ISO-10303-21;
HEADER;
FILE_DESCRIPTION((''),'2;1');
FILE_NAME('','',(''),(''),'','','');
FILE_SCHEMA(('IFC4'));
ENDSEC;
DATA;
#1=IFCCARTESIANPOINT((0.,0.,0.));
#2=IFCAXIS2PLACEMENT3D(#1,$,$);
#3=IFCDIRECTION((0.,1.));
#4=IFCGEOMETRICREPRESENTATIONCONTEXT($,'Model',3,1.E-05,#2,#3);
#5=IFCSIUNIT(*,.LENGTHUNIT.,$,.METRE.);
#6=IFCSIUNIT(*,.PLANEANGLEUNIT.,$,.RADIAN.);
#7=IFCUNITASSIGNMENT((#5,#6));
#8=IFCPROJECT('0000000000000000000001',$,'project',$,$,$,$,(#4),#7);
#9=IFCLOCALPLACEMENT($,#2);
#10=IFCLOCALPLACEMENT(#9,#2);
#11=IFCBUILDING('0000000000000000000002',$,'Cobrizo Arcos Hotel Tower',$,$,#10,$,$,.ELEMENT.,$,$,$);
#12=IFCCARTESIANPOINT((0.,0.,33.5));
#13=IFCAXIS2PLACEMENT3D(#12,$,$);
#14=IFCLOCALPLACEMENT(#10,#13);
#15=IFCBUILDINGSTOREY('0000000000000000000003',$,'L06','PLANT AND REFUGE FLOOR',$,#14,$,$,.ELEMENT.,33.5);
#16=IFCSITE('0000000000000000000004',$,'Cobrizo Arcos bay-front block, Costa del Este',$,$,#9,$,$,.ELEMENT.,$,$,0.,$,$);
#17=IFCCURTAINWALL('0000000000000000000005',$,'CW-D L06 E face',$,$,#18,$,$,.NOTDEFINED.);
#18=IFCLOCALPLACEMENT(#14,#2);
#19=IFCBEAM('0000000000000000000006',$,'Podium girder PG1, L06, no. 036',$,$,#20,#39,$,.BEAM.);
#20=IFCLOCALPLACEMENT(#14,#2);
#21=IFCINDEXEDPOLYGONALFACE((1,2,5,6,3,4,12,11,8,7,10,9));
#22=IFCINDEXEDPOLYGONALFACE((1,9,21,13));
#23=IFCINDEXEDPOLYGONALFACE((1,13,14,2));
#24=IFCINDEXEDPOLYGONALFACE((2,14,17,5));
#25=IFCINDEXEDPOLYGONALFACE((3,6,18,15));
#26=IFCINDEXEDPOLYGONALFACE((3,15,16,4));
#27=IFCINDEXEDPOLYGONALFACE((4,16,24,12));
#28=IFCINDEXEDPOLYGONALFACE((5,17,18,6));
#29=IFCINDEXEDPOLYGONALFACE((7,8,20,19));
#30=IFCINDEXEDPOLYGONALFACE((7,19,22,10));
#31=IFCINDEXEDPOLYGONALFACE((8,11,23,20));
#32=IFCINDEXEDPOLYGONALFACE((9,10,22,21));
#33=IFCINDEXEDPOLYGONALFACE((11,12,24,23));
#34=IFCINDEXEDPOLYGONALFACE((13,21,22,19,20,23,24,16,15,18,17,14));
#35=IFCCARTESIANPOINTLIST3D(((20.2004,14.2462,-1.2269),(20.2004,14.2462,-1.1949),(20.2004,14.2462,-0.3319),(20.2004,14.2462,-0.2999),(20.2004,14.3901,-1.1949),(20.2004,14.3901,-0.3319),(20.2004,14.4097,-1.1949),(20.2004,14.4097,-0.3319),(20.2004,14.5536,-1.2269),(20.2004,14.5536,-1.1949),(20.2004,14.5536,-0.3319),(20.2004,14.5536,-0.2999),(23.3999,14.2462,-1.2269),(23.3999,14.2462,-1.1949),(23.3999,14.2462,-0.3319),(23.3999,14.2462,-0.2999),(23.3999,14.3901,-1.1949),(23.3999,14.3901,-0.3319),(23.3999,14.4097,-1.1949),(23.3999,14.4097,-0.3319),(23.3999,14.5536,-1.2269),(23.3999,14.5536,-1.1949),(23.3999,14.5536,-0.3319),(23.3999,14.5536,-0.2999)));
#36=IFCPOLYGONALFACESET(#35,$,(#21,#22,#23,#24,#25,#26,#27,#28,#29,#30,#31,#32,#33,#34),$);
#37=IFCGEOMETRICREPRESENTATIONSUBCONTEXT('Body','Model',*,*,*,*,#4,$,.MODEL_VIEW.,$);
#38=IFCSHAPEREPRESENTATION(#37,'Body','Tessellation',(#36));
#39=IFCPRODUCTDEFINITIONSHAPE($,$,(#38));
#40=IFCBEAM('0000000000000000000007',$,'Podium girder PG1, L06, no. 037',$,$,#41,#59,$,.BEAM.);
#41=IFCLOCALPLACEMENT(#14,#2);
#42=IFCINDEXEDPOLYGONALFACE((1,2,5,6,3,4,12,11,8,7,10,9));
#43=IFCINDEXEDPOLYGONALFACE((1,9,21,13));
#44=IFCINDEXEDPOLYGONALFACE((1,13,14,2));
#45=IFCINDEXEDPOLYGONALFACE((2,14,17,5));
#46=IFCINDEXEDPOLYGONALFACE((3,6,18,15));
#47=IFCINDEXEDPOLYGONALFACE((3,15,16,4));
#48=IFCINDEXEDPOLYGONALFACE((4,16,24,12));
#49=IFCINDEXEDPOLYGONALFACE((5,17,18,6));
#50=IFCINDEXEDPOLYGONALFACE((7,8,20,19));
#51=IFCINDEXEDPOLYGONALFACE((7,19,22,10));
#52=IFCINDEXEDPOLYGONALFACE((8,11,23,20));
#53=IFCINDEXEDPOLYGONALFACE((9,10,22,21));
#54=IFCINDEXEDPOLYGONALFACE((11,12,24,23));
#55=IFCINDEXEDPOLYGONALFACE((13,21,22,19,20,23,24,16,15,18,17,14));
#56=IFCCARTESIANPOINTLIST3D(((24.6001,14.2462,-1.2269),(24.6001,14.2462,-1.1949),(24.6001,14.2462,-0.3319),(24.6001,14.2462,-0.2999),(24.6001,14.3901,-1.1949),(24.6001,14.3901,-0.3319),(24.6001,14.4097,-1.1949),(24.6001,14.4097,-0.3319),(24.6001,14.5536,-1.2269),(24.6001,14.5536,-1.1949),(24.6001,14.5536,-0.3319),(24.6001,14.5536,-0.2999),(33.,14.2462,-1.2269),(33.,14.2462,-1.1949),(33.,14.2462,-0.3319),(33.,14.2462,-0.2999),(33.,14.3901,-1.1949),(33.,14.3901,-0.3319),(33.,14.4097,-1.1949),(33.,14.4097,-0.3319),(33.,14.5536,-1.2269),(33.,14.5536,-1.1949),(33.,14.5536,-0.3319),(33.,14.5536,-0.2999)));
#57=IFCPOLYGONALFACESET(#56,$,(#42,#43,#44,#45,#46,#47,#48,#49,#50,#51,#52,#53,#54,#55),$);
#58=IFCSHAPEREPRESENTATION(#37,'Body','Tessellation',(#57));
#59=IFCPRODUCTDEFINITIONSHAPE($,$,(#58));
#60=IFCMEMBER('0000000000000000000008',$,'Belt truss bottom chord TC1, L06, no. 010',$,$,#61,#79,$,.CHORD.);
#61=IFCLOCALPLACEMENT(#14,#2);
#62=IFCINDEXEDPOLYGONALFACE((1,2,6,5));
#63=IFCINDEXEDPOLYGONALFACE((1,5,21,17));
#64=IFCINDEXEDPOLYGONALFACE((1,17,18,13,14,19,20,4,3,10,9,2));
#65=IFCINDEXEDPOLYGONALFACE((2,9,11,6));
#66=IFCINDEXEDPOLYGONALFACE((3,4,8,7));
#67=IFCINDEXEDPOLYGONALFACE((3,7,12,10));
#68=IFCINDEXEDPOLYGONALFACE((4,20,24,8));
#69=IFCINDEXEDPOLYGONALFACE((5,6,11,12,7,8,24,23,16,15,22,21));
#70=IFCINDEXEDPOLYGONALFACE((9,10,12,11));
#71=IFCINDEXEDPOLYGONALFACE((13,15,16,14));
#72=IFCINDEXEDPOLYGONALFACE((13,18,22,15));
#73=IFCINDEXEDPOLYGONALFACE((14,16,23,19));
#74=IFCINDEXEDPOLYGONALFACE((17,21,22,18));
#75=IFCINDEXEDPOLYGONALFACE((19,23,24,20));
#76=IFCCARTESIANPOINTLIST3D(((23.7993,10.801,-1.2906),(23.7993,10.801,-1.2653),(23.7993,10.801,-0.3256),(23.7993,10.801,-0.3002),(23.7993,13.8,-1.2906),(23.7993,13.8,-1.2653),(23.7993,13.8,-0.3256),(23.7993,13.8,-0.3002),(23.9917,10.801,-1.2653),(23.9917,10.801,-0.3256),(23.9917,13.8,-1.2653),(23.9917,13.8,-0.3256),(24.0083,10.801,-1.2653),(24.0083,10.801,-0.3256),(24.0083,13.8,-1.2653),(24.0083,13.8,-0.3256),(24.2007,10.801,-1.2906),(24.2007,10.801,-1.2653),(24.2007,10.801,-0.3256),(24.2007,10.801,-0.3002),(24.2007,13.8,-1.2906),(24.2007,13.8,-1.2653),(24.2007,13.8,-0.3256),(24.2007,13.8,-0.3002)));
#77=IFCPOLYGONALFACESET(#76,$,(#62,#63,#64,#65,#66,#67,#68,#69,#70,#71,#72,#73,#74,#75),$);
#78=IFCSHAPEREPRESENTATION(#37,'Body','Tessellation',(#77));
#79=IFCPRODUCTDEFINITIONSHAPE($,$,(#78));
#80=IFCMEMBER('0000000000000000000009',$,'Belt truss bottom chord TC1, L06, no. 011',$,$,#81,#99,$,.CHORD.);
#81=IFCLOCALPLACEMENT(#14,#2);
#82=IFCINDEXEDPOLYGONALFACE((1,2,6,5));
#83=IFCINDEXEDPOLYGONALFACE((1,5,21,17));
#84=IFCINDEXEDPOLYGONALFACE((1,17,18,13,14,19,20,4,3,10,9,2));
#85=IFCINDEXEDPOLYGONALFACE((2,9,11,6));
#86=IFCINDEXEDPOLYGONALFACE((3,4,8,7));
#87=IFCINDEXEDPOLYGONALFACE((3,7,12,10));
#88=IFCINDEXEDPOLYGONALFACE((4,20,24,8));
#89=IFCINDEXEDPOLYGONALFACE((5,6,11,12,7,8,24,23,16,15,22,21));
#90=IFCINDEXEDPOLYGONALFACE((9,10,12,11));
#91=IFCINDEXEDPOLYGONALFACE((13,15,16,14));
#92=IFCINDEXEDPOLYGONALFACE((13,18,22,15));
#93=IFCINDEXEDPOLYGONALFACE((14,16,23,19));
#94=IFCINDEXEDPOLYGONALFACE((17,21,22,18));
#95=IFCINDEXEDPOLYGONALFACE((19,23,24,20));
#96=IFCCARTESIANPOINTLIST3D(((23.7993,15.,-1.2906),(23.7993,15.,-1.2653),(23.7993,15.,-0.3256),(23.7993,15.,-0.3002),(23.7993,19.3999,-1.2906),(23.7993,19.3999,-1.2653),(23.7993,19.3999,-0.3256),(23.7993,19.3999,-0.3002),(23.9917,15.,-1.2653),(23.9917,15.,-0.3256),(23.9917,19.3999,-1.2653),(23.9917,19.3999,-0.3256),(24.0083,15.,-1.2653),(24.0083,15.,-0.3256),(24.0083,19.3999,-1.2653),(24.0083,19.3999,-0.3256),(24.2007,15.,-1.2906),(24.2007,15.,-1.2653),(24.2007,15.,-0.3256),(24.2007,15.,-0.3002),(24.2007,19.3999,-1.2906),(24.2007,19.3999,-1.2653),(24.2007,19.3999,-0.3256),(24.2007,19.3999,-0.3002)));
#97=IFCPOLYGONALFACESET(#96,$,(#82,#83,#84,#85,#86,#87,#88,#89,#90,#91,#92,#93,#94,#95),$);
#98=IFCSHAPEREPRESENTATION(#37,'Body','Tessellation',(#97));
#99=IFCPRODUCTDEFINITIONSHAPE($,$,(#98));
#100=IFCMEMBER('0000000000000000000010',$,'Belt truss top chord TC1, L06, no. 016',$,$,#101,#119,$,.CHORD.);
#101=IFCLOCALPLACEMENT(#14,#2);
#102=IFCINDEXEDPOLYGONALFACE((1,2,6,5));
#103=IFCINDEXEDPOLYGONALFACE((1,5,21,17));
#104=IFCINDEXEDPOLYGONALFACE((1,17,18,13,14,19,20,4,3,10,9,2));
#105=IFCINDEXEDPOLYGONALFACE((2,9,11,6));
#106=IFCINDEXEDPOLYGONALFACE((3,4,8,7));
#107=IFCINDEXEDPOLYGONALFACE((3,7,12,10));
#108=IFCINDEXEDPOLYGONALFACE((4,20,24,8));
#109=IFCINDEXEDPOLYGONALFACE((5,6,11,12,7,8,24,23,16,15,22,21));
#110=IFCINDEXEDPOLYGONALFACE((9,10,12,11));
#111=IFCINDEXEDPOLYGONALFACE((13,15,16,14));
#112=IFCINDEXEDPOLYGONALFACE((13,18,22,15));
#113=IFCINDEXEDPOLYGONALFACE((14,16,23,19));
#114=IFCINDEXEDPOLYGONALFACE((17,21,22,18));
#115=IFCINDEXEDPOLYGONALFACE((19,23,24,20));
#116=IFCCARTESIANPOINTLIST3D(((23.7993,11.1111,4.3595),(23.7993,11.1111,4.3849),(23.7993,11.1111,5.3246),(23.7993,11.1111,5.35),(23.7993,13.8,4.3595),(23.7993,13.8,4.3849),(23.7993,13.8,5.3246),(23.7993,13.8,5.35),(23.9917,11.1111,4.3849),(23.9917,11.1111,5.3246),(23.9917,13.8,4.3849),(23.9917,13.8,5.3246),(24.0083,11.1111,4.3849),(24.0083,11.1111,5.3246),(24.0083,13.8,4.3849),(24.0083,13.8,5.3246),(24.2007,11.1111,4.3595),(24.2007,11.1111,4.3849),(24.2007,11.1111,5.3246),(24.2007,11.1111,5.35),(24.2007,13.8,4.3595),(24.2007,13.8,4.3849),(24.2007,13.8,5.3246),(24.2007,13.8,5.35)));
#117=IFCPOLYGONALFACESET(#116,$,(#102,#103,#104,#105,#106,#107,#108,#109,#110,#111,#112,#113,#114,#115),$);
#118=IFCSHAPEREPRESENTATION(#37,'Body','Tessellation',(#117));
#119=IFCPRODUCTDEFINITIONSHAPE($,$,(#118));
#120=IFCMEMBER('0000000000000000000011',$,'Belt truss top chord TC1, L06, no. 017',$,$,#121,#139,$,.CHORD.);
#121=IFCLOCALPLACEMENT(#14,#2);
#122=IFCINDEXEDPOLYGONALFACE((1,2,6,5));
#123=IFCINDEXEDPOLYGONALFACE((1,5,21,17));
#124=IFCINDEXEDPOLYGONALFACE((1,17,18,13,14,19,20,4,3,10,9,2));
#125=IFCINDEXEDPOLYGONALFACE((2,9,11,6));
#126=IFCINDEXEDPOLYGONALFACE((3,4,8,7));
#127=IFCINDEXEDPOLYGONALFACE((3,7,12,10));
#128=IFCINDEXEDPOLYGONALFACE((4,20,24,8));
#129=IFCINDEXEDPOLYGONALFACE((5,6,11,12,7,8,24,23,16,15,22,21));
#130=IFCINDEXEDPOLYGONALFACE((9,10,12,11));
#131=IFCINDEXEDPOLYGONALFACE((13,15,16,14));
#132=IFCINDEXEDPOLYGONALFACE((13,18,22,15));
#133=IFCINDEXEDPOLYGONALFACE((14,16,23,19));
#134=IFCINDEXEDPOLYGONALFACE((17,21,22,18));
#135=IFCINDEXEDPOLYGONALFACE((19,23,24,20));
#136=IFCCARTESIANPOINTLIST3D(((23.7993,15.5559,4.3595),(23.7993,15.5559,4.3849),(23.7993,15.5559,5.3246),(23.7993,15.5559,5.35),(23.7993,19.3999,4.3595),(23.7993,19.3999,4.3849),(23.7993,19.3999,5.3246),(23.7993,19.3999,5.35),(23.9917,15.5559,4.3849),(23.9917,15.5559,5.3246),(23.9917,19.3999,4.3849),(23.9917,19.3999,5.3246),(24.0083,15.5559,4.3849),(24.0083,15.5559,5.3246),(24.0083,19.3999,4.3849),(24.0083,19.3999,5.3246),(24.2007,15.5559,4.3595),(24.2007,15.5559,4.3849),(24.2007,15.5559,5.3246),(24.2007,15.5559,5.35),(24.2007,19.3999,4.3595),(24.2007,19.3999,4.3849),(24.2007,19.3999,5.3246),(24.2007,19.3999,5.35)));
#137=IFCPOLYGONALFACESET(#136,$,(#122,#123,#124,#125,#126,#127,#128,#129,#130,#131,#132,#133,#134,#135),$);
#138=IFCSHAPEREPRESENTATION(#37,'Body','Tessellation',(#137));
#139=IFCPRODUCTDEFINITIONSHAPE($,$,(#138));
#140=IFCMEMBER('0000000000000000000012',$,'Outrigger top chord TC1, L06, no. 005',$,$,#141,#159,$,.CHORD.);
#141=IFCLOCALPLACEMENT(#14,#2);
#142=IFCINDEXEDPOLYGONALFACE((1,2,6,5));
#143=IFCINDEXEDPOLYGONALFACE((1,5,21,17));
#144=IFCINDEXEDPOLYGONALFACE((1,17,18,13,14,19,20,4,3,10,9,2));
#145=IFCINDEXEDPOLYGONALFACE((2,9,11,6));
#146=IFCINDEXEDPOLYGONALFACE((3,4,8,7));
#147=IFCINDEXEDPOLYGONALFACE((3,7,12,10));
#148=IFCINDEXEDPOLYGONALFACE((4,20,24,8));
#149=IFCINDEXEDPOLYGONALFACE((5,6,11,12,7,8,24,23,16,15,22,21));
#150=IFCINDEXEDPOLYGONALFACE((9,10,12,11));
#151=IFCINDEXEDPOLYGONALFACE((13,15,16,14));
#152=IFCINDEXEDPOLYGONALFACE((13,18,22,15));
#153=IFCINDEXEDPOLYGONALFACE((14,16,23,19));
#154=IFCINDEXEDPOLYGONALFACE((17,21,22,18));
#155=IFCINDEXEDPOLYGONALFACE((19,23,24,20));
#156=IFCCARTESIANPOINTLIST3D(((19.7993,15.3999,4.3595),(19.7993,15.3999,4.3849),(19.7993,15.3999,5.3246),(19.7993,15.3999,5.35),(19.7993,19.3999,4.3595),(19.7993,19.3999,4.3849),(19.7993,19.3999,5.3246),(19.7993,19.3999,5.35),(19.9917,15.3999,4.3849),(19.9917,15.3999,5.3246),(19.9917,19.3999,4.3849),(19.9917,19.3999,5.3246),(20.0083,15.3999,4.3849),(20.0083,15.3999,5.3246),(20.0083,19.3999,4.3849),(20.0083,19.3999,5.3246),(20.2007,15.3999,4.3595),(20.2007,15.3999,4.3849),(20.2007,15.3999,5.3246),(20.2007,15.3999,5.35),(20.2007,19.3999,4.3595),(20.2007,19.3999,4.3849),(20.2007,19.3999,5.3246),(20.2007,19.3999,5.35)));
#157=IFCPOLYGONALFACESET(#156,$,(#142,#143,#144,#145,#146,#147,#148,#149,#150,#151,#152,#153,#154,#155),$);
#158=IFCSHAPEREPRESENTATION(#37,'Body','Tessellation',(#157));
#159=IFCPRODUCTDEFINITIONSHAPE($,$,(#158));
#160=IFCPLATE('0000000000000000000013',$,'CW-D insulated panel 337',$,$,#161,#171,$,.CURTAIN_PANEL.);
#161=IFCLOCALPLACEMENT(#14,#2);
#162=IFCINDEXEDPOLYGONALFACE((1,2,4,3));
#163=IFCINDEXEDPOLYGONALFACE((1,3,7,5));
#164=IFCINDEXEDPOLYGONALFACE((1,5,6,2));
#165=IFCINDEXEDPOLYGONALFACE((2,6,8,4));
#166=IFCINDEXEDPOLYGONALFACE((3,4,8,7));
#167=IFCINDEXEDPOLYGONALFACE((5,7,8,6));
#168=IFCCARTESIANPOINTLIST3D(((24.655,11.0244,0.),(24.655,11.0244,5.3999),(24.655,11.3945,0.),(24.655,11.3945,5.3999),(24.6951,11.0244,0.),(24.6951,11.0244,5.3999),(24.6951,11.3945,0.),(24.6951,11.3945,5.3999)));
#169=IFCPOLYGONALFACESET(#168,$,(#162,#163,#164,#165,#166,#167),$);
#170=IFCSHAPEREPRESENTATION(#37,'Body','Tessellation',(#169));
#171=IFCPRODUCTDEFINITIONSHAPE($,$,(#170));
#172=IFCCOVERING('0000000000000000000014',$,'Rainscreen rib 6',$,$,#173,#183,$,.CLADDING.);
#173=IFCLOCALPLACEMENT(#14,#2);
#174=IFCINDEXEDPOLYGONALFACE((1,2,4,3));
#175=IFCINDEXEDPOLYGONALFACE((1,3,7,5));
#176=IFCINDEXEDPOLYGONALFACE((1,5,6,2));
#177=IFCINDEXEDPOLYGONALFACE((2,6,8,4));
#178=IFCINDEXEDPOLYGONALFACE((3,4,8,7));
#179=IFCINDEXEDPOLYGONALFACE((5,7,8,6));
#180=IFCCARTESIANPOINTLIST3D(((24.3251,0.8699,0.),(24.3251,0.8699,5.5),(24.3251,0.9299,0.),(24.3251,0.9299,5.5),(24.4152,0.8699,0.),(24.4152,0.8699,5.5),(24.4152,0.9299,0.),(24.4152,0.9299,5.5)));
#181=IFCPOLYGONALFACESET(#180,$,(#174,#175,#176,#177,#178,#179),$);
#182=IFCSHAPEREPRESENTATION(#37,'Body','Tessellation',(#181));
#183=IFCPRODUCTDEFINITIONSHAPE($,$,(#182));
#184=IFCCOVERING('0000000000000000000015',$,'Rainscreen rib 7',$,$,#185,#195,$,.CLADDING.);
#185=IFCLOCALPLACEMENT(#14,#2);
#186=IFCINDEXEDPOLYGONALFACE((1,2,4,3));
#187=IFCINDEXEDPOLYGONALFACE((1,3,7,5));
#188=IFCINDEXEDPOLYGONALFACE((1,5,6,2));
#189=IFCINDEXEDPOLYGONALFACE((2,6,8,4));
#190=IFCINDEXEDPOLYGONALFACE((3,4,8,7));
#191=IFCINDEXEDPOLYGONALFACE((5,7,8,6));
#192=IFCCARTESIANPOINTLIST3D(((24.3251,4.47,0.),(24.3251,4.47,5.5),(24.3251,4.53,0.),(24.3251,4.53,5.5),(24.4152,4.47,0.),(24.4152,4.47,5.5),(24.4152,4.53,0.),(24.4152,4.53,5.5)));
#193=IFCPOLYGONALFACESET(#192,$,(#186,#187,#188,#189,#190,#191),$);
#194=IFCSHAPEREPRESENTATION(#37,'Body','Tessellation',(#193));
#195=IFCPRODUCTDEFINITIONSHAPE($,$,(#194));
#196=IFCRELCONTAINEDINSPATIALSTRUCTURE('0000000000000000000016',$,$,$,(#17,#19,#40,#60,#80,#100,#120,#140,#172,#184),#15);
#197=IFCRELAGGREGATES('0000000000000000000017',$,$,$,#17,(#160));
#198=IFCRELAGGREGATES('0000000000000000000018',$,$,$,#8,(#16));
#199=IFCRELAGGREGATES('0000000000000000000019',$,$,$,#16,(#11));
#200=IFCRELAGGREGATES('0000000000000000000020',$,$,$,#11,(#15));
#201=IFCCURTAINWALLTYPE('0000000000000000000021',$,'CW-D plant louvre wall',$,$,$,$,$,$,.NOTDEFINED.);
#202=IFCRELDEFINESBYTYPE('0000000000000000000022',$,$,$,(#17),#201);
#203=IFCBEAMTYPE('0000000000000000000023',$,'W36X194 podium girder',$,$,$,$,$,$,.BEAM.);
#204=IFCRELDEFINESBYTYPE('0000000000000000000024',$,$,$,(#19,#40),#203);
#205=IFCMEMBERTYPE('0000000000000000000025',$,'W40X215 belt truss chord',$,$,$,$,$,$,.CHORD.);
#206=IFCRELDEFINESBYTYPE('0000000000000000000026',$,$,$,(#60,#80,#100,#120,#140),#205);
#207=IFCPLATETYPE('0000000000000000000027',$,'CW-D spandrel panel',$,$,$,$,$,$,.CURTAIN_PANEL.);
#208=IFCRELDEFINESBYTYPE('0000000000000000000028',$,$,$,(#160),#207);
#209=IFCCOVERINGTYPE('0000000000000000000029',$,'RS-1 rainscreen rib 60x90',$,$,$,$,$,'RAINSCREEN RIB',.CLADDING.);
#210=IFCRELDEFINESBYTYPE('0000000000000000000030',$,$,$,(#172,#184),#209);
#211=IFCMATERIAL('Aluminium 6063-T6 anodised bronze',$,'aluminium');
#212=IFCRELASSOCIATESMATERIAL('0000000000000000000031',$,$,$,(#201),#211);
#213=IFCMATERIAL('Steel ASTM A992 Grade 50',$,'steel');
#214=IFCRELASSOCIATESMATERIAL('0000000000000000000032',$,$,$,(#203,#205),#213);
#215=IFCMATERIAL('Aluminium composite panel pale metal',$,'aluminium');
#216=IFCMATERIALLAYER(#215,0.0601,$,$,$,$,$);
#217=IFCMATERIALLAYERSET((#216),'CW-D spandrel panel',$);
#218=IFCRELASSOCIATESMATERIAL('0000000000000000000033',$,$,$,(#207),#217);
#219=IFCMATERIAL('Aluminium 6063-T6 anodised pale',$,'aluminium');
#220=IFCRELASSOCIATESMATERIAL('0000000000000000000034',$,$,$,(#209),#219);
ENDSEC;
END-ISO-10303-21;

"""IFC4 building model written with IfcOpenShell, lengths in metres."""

from ifc_helpers import new_model, si_unit, direction, frame, origin, origin_2d, place, context, subcontext, project, spatial, rectangle, i_section, extrude, material, layer, layer_set, material_profile, profile_set, type_object, element, aggregate, save


model = new_model("IFC4")

# Units and contexts
model_context = context("Model", 3, precision=1e-05, world=origin(), true_north=direction((0.0, 1.0)))
body_context = subcontext(model_context, "Body", "Model", "MODEL_VIEW")
ifc_project = project(units=[si_unit("LENGTHUNIT", "METRE"), si_unit("PLANEANGLEUNIT", "RADIAN")], contexts=[model_context])

# Site, building, storey
site_placement = place(None, origin())
site = spatial("IfcSite", under=ifc_project, at=site_placement, Name="Cobrizo Arcos bay-front block, Costa del Este", CompositionType="ELEMENT", RefElevation=0.0)
building_placement = place(site_placement, origin())
building = spatial("IfcBuilding", under=site, at=building_placement, Name="Cobrizo Arcos Hotel Tower", CompositionType="ELEMENT")
storey_placement = place(building_placement, frame((0.0, 0.0, 33.5)))
storey = spatial("IfcBuildingStorey", under=building, at=storey_placement, Name="L06", Description="PLANT AND REFUGE FLOOR", CompositionType="ELEMENT", Elevation=33.5)

# Curtain wall
ifc_material_1 = material(Name="Aluminium 6063-T6 anodised bronze", Category="aluminium")
curtain_wall_type = type_object("IfcCurtainWallType", Name="CW-D plant louvre wall", PredefinedType="NOTDEFINED", material=ifc_material_1)
curtain_wall_placement = place(storey_placement, origin())
curtain_wall = element("IfcCurtainWall", 1, at=curtain_wall_placement, inside=storey, type_object=curtain_wall_type, Name="CW-D L06 E face", PredefinedType="NOTDEFINED")

# Shared definitions
ifc_material_2 = material(Name="Steel ASTM A992 Grade 50", Category="steel")

# Beams
ifc_material_profile_1 = material_profile(ifc_material_2, i_section(OverallWidth=0.3074, OverallDepth=0.927, WebThickness=0.0195, FlangeThickness=0.032, at=origin_2d()), Name="W36X194")
ifc_profile_set_1 = profile_set([ifc_material_profile_1], Name="Steel ASTM A992 Grade 50")
beam_type = type_object("IfcBeamType", Name="W36X194 podium girder", PredefinedType="BEAM", material=ifc_profile_set_1)
beam_1_placement = place(storey_placement, frame((20.2004, 14.3999, -0.7634), z_axis=(1.0, 0.0, 0.0), x_axis=(0.0, 1.0, 0.0)))
element("IfcBeam", 2, at=beam_1_placement, inside=storey, type_object=beam_type, Name="Podium girder PG1, L06, no. 036", PredefinedType="BEAM", context=body_context, shape_type="SweptSolid", body=[
    extrude(i_section(OverallWidth=0.3074, OverallDepth=0.927, WebThickness=0.0195, FlangeThickness=0.032, at=origin_2d()), origin(), (0.0, 0.0, 1.0), 3.1995),
])
beam_2_placement = place(storey_placement, frame((24.6001, 14.3999, -0.7634), z_axis=(1.0, 0.0, 0.0), x_axis=(0.0, 1.0, 0.0)))
element("IfcBeam", 3, at=beam_2_placement, inside=storey, type_object=beam_type, Name="Podium girder PG1, L06, no. 037", PredefinedType="BEAM", context=body_context, shape_type="SweptSolid", body=[
    extrude(i_section(OverallWidth=0.3074, OverallDepth=0.927, WebThickness=0.0195, FlangeThickness=0.032, at=origin_2d()), origin(), (0.0, 0.0, 1.0), 8.3999),
])

# Members
ifc_material_profile_2 = material_profile(ifc_material_2, i_section(OverallWidth=0.4014, OverallDepth=0.9905, WebThickness=0.0166, FlangeThickness=0.0254, at=origin_2d()), Name="W40X215")
ifc_profile_set_2 = profile_set([ifc_material_profile_2], Name="Steel ASTM A992 Grade 50")
member_type_1 = type_object("IfcMemberType", Name="W40X215 belt truss chord", PredefinedType="CHORD", material=ifc_profile_set_2)
member_1_placement = place(storey_placement, frame((24.0, 10.801, -0.7954), z_axis=(0.0, 1.0, 0.0), x_axis=(-1.0, 0.0, 0.0)))
element("IfcMember", 4, at=member_1_placement, inside=storey, type_object=member_type_1, Name="Belt truss bottom chord TC1, L06, no. 010", PredefinedType="CHORD", context=body_context, shape_type="SweptSolid", body=[
    extrude(i_section(OverallWidth=0.4014, OverallDepth=0.9905, WebThickness=0.0166, FlangeThickness=0.0254, at=origin_2d()), origin(), (0.0, 0.0, 1.0), 2.999),
])
member_2_placement = place(storey_placement, frame((24.0, 15.0, -0.7954), z_axis=(0.0, 1.0, 0.0), x_axis=(-1.0, 0.0, 0.0)))
element("IfcMember", 5, at=member_2_placement, inside=storey, type_object=member_type_1, Name="Belt truss bottom chord TC1, L06, no. 011", PredefinedType="CHORD", context=body_context, shape_type="SweptSolid", body=[
    extrude(i_section(OverallWidth=0.4014, OverallDepth=0.9905, WebThickness=0.0166, FlangeThickness=0.0254, at=origin_2d()), origin(), (0.0, 0.0, 1.0), 4.3999),
])
member_3_placement = place(storey_placement, frame((24.0, 11.1111, 4.8547), z_axis=(0.0, 1.0, 0.0), x_axis=(-1.0, 0.0, 0.0)))
element("IfcMember", 6, at=member_3_placement, inside=storey, type_object=member_type_1, Name="Belt truss top chord TC1, L06, no. 016", PredefinedType="CHORD", context=body_context, shape_type="SweptSolid", body=[
    extrude(i_section(OverallWidth=0.4014, OverallDepth=0.9905, WebThickness=0.0166, FlangeThickness=0.0254, at=origin_2d()), origin(), (0.0, 0.0, 1.0), 2.689),
])
member_4_placement = place(storey_placement, frame((24.0, 15.5559, 4.8547), z_axis=(0.0, 1.0, 0.0), x_axis=(-1.0, 0.0, 0.0)))
element("IfcMember", 7, at=member_4_placement, inside=storey, type_object=member_type_1, Name="Belt truss top chord TC1, L06, no. 017", PredefinedType="CHORD", context=body_context, shape_type="SweptSolid", body=[
    extrude(i_section(OverallWidth=0.4014, OverallDepth=0.9905, WebThickness=0.0166, FlangeThickness=0.0254, at=origin_2d()), origin(), (0.0, 0.0, 1.0), 3.844),
])
member_5_placement = place(storey_placement, frame((20.0, 15.3999, 4.8547), z_axis=(0.0, 1.0, 0.0), x_axis=(-1.0, 0.0, 0.0)))
element("IfcMember", 8, at=member_5_placement, inside=storey, type_object=member_type_1, Name="Outrigger top chord TC1, L06, no. 005", PredefinedType="CHORD", context=body_context, shape_type="SweptSolid", body=[
    extrude(i_section(OverallWidth=0.4014, OverallDepth=0.9905, WebThickness=0.0166, FlangeThickness=0.0254, at=origin_2d()), origin(), (0.0, 0.0, 1.0), 4.0),
])

# Plate
ifc_material_3 = material(Name="Aluminium composite panel pale metal", Category="aluminium")
ifc_layer = layer(ifc_material_3, 0.0601)
ifc_layer_set = layer_set([ifc_layer], Name="CW-D spandrel panel")
plate_type = type_object("IfcPlateType", Name="CW-D spandrel panel", PredefinedType="CURTAIN_PANEL", material=ifc_layer_set)
plate_placement = place(storey_placement, frame((24.675, 11.2095, 0.0), z_axis=(0.0, 0.0, 1.0), x_axis=(0.0, 1.0, 0.0)))
plate = element("IfcPlate", 9, at=plate_placement, type_object=plate_type, Name="CW-D insulated panel 337", PredefinedType="CURTAIN_PANEL", context=body_context, shape_type="SweptSolid", body=[
    extrude(rectangle(XDim=0.3701, YDim=0.04, at=origin_2d()), origin(), (0.0, 0.0, 1.0), 5.3999),
])
aggregate(curtain_wall, [plate])

# Coverings
ifc_material_4 = material(Name="Aluminium 6063-T6 anodised pale", Category="aluminium")
covering_type = type_object("IfcCoveringType", Name="RS-1 rainscreen rib 60x90", ElementType="RAINSCREEN RIB", PredefinedType="CLADDING", material=ifc_material_4)
for number, where, z_axis, x_axis, name in (
    (10, (24.3701, 0.8999, 0.0), (0.0, 0.0, 1.0), (0.0, 1.0, 0.0), "Rainscreen rib 6"),
    (11, (24.3701, 4.5, 0.0), (0.0, 0.0, 1.0), (0.0, 1.0, 0.0), "Rainscreen rib 7"),
):
    element("IfcCovering", number, at=place(storey_placement, frame(where, z_axis=z_axis, x_axis=x_axis)), inside=storey, type_object=covering_type, Name=name, PredefinedType="CLADDING", context=body_context, shape_type="SweptSolid", body=[
        extrude(rectangle(XDim=0.0601, YDim=0.0901, at=origin_2d()), origin(), (0.0, 0.0, 1.0), 5.5),
    ])

save(model, "model.ifc")
